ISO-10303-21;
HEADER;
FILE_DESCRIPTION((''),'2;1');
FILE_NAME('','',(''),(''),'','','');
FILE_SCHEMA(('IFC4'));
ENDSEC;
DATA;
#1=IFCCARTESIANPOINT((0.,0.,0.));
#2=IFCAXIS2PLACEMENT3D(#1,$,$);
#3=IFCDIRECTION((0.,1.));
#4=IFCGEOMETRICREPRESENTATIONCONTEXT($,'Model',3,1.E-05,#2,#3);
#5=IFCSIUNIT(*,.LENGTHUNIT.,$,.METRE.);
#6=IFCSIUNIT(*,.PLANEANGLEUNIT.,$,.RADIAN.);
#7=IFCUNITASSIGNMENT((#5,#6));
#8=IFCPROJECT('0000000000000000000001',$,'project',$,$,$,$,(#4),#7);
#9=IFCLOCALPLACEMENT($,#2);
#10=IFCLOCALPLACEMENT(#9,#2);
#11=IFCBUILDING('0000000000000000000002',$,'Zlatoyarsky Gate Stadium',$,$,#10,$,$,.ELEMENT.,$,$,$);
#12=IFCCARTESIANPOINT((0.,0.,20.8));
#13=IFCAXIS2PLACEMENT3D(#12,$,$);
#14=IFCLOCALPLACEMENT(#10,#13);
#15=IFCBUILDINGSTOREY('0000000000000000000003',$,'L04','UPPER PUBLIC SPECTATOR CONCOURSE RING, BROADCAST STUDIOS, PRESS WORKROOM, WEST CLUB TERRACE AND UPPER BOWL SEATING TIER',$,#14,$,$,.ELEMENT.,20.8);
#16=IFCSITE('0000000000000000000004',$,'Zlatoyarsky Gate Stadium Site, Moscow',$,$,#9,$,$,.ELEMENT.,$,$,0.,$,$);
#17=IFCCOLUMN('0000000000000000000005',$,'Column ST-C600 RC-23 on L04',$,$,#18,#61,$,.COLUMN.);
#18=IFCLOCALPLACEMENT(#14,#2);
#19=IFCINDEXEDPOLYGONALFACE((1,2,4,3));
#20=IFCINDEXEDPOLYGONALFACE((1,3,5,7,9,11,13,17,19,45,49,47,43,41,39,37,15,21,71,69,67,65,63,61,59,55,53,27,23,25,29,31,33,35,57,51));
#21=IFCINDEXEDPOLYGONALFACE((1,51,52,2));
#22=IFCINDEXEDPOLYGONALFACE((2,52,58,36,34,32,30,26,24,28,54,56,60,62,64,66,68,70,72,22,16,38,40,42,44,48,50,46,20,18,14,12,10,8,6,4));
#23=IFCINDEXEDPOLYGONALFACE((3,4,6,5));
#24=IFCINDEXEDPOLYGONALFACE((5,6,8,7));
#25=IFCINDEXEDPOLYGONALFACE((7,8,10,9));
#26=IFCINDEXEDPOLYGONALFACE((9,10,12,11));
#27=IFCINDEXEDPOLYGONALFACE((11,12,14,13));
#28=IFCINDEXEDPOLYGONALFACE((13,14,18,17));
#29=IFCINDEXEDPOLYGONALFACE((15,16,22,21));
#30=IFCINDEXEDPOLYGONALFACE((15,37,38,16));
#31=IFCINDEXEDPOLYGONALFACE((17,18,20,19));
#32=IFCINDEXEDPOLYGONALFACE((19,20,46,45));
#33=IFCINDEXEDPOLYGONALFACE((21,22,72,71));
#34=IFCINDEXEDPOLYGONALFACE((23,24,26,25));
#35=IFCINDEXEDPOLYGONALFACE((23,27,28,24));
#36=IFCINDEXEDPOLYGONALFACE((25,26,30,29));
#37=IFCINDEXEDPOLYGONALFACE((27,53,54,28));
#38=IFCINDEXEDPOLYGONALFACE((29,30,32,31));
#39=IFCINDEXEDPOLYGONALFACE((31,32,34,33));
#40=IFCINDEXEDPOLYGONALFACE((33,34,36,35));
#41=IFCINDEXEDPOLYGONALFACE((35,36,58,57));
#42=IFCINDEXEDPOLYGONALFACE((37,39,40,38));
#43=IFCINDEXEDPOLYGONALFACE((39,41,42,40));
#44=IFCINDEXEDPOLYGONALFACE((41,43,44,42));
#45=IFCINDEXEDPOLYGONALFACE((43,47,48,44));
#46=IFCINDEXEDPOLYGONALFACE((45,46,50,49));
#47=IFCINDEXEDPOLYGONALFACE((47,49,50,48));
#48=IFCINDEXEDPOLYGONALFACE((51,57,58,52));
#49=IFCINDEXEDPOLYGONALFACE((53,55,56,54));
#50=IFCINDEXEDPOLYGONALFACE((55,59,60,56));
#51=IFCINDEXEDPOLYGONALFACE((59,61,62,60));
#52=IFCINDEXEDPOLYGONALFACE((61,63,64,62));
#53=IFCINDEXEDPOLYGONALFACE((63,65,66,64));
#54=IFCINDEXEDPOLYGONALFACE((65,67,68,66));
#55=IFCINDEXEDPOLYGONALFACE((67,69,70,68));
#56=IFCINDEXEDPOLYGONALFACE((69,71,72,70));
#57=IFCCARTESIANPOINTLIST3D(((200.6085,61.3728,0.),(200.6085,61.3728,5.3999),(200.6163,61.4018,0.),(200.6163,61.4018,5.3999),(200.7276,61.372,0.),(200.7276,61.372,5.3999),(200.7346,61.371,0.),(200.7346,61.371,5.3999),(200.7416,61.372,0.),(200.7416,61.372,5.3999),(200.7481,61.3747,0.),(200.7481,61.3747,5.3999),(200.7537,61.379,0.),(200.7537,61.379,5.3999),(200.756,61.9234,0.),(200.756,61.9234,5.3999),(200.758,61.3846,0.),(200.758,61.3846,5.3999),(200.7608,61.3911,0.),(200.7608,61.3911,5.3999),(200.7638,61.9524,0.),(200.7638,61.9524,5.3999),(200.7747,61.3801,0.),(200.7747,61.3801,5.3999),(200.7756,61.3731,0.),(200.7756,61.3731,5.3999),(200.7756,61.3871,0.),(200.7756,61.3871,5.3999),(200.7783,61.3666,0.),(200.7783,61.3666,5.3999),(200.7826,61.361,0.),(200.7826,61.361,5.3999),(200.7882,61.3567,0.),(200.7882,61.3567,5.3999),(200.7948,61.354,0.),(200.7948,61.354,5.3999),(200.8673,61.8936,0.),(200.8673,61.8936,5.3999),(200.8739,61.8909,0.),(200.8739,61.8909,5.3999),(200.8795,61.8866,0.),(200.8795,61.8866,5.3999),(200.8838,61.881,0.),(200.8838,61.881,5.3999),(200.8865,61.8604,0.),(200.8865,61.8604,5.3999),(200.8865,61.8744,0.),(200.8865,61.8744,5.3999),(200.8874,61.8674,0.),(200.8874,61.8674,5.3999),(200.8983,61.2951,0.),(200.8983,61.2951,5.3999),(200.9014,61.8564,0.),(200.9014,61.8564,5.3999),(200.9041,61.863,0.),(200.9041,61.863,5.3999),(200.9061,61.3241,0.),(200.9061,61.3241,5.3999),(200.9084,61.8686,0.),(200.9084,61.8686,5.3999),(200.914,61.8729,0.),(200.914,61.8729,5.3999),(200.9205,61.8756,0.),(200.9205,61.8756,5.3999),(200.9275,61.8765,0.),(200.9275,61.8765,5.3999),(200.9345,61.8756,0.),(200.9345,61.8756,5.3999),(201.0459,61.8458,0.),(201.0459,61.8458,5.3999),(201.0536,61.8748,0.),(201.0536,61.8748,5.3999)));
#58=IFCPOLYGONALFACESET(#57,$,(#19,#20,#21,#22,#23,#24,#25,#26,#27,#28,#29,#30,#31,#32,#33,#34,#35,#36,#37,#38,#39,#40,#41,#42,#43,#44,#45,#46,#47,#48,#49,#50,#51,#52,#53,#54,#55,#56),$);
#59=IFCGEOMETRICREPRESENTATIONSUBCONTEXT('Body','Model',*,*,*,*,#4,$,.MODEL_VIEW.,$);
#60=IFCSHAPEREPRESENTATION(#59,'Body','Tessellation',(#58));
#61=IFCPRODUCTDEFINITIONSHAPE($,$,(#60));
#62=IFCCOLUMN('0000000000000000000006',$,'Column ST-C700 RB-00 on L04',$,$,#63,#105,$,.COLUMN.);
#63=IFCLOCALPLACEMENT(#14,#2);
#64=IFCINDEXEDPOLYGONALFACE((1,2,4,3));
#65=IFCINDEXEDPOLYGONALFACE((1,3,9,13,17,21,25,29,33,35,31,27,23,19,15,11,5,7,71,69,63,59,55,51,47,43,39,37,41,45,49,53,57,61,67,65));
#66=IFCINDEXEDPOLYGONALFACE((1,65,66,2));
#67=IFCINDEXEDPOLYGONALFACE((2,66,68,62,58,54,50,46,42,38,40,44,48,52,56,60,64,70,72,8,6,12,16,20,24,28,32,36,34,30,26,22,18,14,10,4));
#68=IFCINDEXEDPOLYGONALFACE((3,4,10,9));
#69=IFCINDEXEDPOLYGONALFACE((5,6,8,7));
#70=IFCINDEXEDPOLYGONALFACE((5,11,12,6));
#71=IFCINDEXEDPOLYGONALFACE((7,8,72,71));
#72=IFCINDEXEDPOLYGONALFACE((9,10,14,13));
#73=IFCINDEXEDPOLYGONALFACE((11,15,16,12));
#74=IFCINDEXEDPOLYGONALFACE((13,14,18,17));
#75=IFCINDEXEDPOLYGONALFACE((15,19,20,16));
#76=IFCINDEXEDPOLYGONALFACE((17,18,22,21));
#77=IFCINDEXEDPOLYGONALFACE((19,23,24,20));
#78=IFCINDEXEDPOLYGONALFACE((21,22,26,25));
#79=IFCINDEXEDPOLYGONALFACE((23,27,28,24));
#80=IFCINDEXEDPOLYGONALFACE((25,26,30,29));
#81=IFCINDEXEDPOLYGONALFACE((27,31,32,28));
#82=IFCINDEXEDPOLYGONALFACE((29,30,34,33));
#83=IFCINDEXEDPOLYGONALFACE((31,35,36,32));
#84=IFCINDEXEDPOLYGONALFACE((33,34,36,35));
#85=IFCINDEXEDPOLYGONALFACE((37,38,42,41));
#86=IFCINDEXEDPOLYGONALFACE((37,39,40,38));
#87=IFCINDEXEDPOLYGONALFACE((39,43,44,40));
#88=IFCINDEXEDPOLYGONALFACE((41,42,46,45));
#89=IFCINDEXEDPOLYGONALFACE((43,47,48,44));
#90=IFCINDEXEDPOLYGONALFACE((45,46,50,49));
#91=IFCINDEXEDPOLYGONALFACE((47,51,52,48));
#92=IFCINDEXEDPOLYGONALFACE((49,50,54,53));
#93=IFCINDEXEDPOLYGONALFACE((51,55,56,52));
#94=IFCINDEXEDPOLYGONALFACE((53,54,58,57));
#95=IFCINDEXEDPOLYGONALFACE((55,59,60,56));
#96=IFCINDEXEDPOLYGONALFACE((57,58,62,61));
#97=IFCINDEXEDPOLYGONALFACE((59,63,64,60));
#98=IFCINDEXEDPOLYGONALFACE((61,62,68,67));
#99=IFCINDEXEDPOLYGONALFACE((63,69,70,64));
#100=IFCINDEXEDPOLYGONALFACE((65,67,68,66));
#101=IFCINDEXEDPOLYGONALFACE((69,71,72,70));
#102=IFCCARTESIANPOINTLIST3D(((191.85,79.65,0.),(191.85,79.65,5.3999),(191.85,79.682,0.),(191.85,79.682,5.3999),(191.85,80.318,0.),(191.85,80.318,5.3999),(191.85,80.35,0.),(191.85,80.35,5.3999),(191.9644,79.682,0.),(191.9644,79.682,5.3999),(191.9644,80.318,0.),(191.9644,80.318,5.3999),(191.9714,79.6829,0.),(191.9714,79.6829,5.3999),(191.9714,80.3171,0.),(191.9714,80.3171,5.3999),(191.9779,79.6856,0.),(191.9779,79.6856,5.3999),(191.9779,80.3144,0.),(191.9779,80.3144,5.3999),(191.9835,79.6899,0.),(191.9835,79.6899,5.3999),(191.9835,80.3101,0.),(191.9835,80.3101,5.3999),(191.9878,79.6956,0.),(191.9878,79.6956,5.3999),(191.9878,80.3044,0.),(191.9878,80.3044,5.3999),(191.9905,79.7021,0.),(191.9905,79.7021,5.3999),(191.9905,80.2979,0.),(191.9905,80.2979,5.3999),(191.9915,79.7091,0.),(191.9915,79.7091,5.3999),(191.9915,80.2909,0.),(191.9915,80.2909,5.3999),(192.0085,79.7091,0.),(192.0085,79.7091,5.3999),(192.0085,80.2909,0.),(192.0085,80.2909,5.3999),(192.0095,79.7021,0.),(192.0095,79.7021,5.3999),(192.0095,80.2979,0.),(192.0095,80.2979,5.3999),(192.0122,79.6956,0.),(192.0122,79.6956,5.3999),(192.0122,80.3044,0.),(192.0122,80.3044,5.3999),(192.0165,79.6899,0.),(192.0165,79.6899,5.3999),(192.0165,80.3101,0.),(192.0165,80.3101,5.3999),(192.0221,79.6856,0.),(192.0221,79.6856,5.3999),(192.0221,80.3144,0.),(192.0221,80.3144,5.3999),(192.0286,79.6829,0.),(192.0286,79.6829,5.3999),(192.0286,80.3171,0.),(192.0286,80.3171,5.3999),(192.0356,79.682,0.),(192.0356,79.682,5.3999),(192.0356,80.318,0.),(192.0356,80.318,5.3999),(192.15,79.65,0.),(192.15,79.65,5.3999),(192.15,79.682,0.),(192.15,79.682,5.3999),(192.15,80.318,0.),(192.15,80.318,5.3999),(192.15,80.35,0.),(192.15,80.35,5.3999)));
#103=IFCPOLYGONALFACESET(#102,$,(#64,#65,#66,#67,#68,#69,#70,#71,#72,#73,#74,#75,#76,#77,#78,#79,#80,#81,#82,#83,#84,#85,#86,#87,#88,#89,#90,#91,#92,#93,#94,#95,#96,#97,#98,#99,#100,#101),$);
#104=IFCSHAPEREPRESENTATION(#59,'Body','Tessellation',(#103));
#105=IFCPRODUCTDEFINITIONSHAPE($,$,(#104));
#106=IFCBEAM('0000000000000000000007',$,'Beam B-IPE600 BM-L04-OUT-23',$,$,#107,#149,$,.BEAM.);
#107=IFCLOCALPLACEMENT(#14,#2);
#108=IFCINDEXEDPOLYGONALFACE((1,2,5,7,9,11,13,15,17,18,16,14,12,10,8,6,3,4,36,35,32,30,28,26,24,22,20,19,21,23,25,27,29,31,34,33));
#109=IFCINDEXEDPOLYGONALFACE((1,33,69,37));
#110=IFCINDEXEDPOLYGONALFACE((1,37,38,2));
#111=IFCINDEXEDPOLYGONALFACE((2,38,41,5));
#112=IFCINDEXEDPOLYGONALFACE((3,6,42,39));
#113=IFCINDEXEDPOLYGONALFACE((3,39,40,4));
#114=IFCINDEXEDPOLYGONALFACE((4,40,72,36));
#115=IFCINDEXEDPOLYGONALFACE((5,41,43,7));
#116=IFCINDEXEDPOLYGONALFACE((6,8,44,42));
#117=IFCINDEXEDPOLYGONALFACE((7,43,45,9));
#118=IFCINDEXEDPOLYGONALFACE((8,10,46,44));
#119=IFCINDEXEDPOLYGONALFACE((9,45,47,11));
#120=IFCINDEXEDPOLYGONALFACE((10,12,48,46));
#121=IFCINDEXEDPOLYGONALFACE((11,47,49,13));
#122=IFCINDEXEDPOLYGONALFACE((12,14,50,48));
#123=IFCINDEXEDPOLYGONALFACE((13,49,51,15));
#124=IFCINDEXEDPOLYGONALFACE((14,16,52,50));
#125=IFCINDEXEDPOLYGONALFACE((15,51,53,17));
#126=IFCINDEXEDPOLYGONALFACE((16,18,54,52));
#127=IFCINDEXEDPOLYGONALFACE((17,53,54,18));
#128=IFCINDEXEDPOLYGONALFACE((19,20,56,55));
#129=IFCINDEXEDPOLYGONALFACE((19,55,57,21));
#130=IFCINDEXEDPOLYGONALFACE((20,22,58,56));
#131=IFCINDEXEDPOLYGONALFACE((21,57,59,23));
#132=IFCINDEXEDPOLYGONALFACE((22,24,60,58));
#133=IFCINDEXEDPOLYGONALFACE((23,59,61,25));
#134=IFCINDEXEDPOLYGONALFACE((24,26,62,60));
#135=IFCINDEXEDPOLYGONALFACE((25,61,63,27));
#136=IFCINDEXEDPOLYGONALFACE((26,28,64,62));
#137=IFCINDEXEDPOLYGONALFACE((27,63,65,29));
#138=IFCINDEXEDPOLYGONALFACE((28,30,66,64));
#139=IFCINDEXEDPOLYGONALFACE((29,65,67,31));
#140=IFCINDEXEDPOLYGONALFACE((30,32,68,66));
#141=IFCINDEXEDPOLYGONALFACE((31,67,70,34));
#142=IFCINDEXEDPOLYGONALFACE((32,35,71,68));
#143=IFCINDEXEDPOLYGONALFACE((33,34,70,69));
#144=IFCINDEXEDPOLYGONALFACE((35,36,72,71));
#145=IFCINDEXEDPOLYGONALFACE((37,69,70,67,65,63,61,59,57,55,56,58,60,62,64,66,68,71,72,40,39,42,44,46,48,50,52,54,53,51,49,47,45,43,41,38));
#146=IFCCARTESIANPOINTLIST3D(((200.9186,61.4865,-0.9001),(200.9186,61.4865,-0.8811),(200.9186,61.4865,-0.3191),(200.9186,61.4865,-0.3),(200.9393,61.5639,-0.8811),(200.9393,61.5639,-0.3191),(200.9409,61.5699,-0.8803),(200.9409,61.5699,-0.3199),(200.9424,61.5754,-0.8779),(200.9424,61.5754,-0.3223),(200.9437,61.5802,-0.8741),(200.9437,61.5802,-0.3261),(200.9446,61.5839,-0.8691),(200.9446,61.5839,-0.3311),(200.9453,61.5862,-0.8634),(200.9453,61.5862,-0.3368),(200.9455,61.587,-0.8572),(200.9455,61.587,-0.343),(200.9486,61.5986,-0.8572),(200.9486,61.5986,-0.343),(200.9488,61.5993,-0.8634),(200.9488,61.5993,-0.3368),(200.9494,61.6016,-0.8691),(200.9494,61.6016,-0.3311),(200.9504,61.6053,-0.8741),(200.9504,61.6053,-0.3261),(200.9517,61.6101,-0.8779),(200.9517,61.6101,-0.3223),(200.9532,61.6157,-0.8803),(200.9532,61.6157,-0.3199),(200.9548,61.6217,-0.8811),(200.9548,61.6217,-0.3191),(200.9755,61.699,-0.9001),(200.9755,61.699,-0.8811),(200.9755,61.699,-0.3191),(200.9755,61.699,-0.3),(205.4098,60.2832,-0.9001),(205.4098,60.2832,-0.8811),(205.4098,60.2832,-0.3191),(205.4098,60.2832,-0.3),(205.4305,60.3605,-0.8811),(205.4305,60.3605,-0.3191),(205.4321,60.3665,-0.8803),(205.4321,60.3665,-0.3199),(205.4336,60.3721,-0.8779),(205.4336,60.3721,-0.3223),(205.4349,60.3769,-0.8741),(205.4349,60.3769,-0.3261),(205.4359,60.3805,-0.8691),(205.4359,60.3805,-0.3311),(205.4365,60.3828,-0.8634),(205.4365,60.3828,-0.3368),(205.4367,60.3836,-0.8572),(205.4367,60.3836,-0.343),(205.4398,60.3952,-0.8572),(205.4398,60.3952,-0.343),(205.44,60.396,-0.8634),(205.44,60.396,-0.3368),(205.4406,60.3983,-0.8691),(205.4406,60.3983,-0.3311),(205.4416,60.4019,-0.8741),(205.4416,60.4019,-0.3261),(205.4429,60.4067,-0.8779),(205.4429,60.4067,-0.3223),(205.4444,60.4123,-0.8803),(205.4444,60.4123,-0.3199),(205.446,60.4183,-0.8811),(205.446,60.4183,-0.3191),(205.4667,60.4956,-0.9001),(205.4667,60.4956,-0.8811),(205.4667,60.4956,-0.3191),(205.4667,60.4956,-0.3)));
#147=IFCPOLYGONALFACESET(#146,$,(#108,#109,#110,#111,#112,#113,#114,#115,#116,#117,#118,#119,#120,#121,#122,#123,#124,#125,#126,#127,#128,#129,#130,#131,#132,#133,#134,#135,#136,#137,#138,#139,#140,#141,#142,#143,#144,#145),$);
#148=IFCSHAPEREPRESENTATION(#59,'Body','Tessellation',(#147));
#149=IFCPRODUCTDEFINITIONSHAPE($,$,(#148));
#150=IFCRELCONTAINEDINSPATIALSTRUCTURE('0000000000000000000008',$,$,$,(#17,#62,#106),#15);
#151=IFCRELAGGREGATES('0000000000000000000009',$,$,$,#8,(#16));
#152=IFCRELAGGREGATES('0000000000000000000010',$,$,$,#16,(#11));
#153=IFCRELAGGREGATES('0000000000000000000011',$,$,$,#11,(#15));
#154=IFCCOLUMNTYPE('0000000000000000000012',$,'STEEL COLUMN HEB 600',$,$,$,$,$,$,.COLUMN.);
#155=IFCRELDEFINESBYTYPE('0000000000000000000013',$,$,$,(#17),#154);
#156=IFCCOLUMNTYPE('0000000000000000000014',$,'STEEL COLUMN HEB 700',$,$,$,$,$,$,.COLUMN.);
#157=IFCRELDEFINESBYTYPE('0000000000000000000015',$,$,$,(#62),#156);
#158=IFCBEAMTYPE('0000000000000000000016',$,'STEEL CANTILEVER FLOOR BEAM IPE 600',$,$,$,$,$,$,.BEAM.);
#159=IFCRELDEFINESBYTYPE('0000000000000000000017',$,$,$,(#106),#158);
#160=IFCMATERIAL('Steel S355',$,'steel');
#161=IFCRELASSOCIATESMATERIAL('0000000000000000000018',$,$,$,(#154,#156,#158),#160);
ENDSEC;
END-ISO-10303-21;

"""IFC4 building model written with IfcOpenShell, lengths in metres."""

from ifc_helpers import new_model, si_unit, direction, frame, origin, origin_2d, place, context, subcontext, project, spatial, i_section, extrude, material, material_profile, profile_set, type_object, element, save


model = new_model("IFC4")

# Units and contexts
model_context = context("Model", 3, precision=1e-05, world=origin(), true_north=direction((0.0, 1.0)))
body_context = subcontext(model_context, "Body", "Model", "MODEL_VIEW")
ifc_project = project(units=[si_unit("LENGTHUNIT", "METRE"), si_unit("PLANEANGLEUNIT", "RADIAN")], contexts=[model_context])

# Site, building, storey
site_placement = place(None, origin())
site = spatial("IfcSite", under=ifc_project, at=site_placement, Name="Zlatoyarsky Gate Stadium Site, Moscow", CompositionType="ELEMENT", RefElevation=0.0)
building_placement = place(site_placement, origin())
building = spatial("IfcBuilding", under=site, at=building_placement, Name="Zlatoyarsky Gate Stadium", CompositionType="ELEMENT")
storey_placement = place(building_placement, frame((0.0, 0.0, 20.8)))
storey = spatial("IfcBuildingStorey", under=building, at=storey_placement, Name="L04", Description="UPPER PUBLIC SPECTATOR CONCOURSE RING, BROADCAST STUDIOS, PRESS WORKROOM, WEST CLUB TERRACE AND UPPER BOWL SEATING TIER", CompositionType="ELEMENT", Elevation=20.8)

# Columns
ifc_material_1 = material(Name="Steel S355", Category="steel")
ifc_material_profile_1 = material_profile(ifc_material_1, i_section(OverallWidth=0.3, OverallDepth=0.6001, WebThickness=0.0154, FlangeThickness=0.03, FilletRadius=0.0271, at=origin_2d()), Name="HEB 600")
ifc_profile_set_1 = profile_set([ifc_material_profile_1], Name="Steel S355")
column_type_1 = type_object("IfcColumnType", Name="STEEL COLUMN HEB 600", PredefinedType="COLUMN", material=ifc_profile_set_1)
column_1_placement = place(storey_placement, frame((200.8311, 61.6238, 0.0), z_axis=(0.0, 0.0, 1.0), x_axis=(0.965926, -0.258819, 0.0)))
element("IfcColumn", 1, at=column_1_placement, inside=storey, type_object=column_type_1, Name="Column ST-C600 RC-23 on L04", PredefinedType="COLUMN", context=body_context, shape_type="SweptSolid", body=[
    extrude(i_section(OverallWidth=0.3, OverallDepth=0.6001, WebThickness=0.0154, FlangeThickness=0.03, FilletRadius=0.0271, at=origin_2d()), origin(), (0.0, 0.0, 1.0), 5.3999),
])
ifc_material_profile_2 = material_profile(ifc_material_1, i_section(OverallWidth=0.3, OverallDepth=0.7, WebThickness=0.0171, FlangeThickness=0.032, FilletRadius=0.0271, at=origin_2d()), Name="HEB 700")
ifc_profile_set_2 = profile_set([ifc_material_profile_2], Name="Steel S355")
column_type_2 = type_object("IfcColumnType", Name="STEEL COLUMN HEB 700", PredefinedType="COLUMN", material=ifc_profile_set_2)
column_2_placement = place(storey_placement, frame((192.0, 80.0, 0.0), z_axis=(0.0, 0.0, 1.0), x_axis=(1.0, 0.0, 0.0)))
element("IfcColumn", 2, at=column_2_placement, inside=storey, type_object=column_type_2, Name="Column ST-C700 RB-00 on L04", PredefinedType="COLUMN", context=body_context, shape_type="SweptSolid", body=[
    extrude(i_section(OverallWidth=0.3, OverallDepth=0.7, WebThickness=0.0171, FlangeThickness=0.032, FilletRadius=0.0271, at=origin_2d()), origin(), (0.0, 0.0, 1.0), 5.3999),
])

# Beam
ifc_material_profile_3 = material_profile(ifc_material_1, i_section(OverallWidth=0.22, OverallDepth=0.6001, WebThickness=0.012, FlangeThickness=0.019, FilletRadius=0.0239, at=origin_2d()), Name="IPE 600")
ifc_profile_set_3 = profile_set([ifc_material_profile_3], Name="Steel S355")
beam_type_1 = type_object("IfcBeamType", Name="STEEL CANTILEVER FLOOR BEAM IPE 600", PredefinedType="BEAM", material=ifc_profile_set_3)
beam_1_placement = place(storey_placement, frame((200.947, 61.5928, -0.6001), z_axis=(0.965928, -0.25881, 0.0), x_axis=(0.25881, 0.965928, 0.0)))
element("IfcBeam", 3, at=beam_1_placement, inside=storey, type_object=beam_type_1, Name="Beam B-IPE600 BM-L04-OUT-23", PredefinedType="BEAM", context=body_context, shape_type="SweptSolid", body=[
    extrude(i_section(OverallWidth=0.22, OverallDepth=0.6001, WebThickness=0.012, FlangeThickness=0.019, FilletRadius=0.0239, at=origin_2d()), origin(), (0.0, 0.0, 1.0), 4.6497),
])

save(model, "model.ifc")
